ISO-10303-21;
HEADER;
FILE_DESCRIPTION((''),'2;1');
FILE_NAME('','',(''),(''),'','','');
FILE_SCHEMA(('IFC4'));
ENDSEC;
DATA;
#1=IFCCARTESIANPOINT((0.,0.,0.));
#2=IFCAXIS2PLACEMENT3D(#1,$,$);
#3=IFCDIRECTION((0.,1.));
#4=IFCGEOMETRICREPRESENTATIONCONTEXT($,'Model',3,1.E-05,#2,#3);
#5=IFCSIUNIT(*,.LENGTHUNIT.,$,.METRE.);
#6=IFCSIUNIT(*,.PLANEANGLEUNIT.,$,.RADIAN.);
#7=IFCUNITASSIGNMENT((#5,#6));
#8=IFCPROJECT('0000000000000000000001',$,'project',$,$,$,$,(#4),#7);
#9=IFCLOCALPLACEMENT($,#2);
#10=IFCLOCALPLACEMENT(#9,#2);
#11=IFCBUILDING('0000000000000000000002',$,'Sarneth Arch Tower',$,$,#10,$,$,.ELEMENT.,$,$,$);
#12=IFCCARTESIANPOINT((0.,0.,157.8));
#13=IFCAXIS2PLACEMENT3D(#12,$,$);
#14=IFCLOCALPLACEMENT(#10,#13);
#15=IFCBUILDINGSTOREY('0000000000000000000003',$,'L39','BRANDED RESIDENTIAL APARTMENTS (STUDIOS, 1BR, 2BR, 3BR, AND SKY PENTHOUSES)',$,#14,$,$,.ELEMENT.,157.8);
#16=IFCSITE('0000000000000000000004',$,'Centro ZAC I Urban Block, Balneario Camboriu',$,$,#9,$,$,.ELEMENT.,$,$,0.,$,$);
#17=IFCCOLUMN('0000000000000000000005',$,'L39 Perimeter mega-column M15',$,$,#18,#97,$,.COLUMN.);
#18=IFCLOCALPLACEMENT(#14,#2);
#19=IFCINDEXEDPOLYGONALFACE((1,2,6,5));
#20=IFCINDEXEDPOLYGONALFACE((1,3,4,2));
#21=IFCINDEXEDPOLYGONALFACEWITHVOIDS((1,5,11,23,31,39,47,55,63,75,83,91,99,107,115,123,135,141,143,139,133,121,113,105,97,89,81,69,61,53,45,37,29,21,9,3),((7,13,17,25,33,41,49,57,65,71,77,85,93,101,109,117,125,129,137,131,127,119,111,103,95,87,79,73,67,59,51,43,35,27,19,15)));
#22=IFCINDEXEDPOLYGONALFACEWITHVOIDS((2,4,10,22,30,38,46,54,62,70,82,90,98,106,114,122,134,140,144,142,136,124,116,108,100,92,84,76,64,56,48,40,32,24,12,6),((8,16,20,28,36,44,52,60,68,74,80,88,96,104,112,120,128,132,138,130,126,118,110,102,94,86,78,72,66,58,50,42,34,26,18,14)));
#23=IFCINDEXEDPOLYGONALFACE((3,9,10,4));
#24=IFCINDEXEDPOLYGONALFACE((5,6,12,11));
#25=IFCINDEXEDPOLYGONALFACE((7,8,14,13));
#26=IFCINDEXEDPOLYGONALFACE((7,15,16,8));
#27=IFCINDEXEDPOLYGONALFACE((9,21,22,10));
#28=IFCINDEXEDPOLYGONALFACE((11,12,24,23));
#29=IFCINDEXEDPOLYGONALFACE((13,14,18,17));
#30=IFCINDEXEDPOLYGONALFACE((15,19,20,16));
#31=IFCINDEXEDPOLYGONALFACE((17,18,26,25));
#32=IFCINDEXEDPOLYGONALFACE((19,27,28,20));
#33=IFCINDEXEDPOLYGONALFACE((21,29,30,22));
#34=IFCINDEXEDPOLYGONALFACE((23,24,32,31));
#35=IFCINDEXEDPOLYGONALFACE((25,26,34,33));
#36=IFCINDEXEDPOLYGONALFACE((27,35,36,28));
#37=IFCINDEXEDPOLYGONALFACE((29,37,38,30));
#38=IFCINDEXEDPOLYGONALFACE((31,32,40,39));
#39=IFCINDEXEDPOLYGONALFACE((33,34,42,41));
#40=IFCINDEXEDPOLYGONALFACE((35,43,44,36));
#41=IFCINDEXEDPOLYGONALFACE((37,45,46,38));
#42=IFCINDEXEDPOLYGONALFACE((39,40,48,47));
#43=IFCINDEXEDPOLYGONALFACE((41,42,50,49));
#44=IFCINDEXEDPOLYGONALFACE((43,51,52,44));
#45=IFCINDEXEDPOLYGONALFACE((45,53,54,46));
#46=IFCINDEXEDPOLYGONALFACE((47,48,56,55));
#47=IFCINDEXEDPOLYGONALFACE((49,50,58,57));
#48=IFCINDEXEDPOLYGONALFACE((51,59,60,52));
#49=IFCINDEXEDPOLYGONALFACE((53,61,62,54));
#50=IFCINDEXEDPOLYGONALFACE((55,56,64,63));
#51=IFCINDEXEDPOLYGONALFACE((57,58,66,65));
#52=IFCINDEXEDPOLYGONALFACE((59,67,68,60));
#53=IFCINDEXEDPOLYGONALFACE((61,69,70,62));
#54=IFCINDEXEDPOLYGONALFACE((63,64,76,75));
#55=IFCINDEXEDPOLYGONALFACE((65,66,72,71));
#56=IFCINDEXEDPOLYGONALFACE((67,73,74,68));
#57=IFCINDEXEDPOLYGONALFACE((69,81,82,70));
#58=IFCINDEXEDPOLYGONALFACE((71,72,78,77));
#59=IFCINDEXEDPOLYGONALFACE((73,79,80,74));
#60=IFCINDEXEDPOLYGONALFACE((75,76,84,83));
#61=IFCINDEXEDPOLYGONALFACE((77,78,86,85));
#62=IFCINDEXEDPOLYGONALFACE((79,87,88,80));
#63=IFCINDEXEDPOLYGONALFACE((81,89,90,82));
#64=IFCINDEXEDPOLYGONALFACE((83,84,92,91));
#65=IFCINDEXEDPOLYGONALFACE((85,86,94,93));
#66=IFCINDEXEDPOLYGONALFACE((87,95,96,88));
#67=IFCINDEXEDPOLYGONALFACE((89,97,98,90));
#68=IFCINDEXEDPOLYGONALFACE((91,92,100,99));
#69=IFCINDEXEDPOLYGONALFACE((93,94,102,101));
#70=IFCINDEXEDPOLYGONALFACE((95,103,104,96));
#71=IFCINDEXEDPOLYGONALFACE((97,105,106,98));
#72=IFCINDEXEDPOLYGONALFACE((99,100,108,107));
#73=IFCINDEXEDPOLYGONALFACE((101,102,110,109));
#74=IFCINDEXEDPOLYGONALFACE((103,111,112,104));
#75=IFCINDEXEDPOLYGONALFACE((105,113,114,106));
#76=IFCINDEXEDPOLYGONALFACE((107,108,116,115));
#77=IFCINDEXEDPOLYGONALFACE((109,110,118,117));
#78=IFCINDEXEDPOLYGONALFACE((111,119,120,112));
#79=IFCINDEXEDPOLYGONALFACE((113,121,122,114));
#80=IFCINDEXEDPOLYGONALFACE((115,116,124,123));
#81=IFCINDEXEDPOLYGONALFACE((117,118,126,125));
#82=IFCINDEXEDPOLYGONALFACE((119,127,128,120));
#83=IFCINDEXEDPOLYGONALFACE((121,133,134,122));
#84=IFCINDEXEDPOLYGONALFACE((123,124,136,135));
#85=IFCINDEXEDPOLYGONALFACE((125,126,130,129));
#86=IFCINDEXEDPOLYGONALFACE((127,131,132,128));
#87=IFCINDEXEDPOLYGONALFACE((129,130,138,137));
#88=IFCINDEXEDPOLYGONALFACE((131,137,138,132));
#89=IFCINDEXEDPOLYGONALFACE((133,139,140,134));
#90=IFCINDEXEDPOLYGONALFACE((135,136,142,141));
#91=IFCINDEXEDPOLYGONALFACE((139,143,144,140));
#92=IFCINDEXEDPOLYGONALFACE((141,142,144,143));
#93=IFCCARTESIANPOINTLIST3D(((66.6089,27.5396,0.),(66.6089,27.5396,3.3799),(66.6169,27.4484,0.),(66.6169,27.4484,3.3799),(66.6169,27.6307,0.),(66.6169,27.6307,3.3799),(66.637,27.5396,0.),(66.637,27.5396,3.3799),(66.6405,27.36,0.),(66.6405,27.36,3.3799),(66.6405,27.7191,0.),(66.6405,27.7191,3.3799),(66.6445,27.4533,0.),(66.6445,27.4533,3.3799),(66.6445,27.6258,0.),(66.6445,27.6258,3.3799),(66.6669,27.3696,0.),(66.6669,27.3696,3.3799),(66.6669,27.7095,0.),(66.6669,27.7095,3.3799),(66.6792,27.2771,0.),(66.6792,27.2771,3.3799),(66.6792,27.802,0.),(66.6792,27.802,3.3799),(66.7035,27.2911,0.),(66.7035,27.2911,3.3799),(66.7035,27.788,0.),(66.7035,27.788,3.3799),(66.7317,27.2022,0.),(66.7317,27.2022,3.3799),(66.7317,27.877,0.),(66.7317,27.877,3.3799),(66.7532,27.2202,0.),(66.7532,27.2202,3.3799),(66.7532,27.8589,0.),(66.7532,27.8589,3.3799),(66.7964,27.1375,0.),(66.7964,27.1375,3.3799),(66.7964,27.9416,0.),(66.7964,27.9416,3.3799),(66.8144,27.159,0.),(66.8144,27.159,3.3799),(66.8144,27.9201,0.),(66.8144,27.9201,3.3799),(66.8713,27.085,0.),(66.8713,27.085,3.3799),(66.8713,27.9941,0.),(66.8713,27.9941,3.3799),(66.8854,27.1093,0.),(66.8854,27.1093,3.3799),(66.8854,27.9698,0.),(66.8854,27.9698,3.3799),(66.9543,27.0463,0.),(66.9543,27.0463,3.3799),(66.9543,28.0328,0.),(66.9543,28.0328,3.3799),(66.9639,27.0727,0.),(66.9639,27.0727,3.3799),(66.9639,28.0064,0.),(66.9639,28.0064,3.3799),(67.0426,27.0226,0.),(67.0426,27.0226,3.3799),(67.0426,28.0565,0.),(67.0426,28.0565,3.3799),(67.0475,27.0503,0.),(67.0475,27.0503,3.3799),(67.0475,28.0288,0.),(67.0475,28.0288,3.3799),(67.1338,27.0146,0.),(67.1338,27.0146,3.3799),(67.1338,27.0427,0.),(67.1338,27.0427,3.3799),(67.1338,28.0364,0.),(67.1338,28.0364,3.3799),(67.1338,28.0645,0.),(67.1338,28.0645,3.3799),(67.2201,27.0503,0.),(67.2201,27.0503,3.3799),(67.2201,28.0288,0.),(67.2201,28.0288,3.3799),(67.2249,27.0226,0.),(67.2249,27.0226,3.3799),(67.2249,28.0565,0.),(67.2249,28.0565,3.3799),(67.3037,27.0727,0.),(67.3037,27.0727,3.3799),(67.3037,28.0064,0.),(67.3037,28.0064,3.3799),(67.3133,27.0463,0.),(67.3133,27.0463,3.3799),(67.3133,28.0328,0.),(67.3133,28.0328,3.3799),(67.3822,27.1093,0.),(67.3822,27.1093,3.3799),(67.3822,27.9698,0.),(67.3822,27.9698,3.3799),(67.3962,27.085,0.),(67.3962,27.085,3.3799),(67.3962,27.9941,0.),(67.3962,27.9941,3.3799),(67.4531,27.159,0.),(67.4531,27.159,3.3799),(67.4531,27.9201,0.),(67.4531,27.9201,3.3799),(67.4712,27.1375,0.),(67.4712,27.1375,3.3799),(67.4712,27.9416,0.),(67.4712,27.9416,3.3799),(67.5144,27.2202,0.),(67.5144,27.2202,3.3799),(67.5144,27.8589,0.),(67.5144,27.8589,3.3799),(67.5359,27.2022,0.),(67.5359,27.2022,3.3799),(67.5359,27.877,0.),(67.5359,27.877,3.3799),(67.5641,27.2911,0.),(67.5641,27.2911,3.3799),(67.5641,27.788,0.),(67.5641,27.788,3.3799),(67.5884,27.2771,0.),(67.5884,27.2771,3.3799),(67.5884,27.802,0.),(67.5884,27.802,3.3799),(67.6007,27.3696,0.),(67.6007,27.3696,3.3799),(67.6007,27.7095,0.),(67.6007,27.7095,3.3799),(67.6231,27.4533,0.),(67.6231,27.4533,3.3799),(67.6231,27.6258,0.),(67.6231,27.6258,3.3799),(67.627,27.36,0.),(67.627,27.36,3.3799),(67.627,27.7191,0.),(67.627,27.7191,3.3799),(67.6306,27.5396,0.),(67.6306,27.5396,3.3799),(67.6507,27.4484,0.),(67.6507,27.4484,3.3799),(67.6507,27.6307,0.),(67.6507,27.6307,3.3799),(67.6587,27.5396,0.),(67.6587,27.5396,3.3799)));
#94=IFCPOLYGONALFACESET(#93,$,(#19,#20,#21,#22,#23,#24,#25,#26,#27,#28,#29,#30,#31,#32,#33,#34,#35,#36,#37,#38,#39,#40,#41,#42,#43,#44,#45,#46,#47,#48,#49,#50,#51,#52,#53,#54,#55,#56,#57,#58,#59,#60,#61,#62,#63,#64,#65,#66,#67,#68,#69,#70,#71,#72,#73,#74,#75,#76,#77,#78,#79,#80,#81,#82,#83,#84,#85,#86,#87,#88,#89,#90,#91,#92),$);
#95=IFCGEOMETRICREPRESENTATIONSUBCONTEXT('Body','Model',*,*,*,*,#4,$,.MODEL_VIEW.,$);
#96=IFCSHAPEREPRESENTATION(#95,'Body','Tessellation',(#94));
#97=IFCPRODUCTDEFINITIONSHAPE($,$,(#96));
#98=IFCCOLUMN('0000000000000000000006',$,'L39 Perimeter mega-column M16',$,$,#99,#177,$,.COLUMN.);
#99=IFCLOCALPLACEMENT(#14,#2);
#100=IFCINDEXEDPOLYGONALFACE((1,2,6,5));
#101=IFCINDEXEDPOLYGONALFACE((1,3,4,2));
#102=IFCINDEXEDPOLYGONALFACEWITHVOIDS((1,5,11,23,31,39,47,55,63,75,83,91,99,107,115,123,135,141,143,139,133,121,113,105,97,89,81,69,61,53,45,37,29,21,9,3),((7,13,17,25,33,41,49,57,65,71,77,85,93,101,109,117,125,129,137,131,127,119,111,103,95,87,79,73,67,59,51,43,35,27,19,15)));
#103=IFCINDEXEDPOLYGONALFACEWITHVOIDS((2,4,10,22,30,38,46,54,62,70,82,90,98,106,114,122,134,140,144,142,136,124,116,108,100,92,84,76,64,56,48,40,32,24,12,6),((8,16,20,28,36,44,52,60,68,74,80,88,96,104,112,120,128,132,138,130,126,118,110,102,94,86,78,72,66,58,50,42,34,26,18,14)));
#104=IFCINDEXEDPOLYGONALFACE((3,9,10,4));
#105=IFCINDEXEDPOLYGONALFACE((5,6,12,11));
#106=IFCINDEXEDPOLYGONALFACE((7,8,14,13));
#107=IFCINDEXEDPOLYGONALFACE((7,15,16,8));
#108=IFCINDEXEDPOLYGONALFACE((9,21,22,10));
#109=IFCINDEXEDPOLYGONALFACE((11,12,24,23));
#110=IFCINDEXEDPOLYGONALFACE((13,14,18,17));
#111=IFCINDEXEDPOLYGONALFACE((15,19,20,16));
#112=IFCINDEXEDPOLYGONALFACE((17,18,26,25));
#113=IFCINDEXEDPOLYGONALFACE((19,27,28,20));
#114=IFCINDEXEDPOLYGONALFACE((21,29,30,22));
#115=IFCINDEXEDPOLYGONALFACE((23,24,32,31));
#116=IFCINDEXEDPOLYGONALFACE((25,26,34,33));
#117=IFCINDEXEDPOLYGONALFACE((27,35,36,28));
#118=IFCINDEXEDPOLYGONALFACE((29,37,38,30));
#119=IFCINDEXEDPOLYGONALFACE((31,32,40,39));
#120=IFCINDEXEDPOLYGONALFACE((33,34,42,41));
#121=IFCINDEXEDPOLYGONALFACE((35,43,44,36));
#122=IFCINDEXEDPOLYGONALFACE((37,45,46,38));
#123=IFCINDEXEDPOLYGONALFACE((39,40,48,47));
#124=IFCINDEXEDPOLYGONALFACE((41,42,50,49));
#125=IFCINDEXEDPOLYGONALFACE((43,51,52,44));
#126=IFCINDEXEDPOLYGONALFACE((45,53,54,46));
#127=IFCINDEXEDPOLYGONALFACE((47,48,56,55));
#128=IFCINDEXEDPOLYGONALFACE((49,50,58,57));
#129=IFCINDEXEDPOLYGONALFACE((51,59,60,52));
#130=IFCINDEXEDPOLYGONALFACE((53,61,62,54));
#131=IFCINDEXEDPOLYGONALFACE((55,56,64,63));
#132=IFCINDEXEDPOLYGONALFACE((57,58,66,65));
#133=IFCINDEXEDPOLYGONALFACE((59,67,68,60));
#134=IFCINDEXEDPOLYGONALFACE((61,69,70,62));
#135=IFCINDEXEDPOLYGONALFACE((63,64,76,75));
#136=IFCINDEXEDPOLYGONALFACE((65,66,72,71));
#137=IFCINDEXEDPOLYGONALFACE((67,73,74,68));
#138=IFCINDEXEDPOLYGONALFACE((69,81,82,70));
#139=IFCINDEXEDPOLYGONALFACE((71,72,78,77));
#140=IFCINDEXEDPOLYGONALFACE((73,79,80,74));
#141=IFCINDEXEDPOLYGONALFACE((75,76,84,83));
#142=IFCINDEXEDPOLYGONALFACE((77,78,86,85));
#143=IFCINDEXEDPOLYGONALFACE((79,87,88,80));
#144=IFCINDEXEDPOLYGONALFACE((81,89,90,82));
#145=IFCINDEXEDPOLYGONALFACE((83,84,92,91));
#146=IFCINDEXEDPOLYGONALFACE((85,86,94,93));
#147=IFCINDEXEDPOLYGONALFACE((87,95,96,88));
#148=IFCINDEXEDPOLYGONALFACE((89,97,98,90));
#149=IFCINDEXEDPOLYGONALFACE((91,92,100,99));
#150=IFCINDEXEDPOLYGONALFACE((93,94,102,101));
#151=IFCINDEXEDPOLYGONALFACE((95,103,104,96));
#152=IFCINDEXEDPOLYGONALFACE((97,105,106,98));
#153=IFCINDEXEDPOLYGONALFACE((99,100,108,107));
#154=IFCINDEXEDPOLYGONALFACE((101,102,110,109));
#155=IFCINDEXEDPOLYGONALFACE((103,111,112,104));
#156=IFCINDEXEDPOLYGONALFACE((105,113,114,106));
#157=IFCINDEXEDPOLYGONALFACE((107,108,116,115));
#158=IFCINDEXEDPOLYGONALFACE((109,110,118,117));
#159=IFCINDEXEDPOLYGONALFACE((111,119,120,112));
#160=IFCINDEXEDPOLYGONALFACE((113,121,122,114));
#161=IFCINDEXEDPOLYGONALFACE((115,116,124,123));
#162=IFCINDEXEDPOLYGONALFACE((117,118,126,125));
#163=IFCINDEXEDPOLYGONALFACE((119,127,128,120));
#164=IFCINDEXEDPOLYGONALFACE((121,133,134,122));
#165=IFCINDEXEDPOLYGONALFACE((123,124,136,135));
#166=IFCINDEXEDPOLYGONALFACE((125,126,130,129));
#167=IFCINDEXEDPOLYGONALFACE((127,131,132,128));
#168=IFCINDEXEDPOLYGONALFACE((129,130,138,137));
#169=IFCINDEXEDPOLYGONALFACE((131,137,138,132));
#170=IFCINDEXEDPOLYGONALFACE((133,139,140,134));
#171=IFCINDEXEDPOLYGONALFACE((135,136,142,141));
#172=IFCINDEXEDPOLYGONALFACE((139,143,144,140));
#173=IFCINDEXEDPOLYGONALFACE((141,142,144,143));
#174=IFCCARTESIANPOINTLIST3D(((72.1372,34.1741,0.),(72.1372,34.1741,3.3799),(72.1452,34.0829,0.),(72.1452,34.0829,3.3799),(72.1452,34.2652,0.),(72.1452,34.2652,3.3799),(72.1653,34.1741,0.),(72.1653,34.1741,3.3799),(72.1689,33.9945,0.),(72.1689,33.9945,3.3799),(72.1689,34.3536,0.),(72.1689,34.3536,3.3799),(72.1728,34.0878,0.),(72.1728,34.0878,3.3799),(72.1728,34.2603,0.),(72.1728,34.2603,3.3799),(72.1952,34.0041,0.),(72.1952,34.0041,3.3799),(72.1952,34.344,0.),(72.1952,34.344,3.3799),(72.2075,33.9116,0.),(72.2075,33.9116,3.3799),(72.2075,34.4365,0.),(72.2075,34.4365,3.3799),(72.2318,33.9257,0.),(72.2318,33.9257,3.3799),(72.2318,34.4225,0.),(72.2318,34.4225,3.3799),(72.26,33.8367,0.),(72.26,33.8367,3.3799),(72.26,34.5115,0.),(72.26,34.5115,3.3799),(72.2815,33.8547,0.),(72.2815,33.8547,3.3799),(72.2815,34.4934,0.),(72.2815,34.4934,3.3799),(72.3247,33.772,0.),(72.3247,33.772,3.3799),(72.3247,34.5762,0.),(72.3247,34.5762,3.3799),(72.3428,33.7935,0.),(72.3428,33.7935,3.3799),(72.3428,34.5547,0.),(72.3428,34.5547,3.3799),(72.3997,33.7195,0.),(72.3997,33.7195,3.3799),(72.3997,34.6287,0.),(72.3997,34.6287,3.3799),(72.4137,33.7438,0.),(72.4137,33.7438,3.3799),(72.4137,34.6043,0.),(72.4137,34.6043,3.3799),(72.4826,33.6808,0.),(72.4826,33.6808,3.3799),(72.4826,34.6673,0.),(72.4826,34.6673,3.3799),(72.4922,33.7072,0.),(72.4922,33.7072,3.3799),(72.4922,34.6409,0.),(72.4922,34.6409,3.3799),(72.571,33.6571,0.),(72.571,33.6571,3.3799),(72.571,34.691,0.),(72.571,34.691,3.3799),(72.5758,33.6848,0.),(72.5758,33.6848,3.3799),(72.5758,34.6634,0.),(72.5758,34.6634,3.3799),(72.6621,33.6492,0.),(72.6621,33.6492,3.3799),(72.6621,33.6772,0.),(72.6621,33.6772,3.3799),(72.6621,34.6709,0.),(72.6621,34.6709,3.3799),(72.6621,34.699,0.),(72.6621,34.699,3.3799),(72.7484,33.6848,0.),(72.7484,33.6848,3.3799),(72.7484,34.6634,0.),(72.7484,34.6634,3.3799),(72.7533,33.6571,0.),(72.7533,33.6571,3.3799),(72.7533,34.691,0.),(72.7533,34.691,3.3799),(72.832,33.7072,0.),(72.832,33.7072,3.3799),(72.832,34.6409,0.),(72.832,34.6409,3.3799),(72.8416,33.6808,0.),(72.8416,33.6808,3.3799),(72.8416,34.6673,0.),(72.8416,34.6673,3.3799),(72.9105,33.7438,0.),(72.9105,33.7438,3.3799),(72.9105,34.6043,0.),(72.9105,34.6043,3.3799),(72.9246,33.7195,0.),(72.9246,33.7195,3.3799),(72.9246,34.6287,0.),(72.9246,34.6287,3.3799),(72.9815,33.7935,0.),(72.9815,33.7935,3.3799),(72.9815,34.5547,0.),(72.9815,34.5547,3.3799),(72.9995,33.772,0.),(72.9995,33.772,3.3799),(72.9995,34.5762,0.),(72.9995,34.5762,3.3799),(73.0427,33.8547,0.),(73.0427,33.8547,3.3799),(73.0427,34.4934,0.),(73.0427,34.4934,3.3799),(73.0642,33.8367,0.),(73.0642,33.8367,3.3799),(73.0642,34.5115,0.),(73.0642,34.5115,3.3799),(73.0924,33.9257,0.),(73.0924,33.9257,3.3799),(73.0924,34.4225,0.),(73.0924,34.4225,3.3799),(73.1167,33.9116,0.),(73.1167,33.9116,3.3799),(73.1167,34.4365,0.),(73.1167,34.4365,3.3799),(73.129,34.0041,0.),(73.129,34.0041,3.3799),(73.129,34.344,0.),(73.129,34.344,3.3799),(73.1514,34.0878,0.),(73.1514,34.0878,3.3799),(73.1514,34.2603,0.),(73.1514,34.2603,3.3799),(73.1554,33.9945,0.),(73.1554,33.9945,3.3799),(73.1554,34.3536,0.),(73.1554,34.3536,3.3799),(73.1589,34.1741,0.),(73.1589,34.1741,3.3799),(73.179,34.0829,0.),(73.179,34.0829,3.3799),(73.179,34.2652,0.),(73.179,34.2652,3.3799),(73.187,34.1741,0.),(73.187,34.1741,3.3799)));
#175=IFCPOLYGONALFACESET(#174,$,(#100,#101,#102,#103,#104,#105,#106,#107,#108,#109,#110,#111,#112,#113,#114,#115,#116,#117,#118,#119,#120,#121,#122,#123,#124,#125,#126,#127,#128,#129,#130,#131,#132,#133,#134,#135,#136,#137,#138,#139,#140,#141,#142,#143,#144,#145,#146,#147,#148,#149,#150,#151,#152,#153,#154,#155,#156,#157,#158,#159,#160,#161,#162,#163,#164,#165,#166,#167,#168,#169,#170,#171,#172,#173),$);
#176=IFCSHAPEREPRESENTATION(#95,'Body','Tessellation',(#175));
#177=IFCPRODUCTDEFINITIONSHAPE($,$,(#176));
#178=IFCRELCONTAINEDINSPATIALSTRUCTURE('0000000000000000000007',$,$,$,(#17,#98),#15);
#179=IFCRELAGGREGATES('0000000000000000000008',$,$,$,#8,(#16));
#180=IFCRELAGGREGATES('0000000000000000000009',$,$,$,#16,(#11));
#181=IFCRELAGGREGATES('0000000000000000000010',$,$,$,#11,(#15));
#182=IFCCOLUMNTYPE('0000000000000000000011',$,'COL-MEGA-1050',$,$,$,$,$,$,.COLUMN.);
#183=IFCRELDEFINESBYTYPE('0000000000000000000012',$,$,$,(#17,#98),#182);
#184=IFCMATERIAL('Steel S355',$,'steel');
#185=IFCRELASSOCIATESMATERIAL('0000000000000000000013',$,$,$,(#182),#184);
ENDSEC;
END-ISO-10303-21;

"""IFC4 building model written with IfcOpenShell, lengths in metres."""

from ifc_helpers import new_model, si_unit, direction, frame, origin, origin_2d, place, context, subcontext, project, spatial, hollow_circle, extrude, material, material_profile, profile_set, type_object, element, save


model = new_model("IFC4")

# Units and contexts
model_context = context("Model", 3, precision=1e-05, world=origin(), true_north=direction((0.0, 1.0)))
body_context = subcontext(model_context, "Body", "Model", "MODEL_VIEW")
ifc_project = project(units=[si_unit("LENGTHUNIT", "METRE"), si_unit("PLANEANGLEUNIT", "RADIAN")], contexts=[model_context])

# Site, building, storey
site_placement = place(None, origin())
site = spatial("IfcSite", under=ifc_project, at=site_placement, Name="Centro ZAC I Urban Block, Balneario Camboriu", CompositionType="ELEMENT", RefElevation=0.0)
building_placement = place(site_placement, origin())
building = spatial("IfcBuilding", under=site, at=building_placement, Name="Sarneth Arch Tower", CompositionType="ELEMENT")
storey_placement = place(building_placement, frame((0.0, 0.0, 157.8)))
storey = spatial("IfcBuildingStorey", under=building, at=storey_placement, Name="L39", Description="BRANDED RESIDENTIAL APARTMENTS (STUDIOS, 1BR, 2BR, 3BR, AND SKY PENTHOUSES)", CompositionType="ELEMENT", Elevation=157.8)

# Columns
ifc_material_1 = material(Name="Steel S355", Category="steel")
ifc_material_profile_1 = material_profile(ifc_material_1, hollow_circle(Radius=0.5249, WallThickness=0.0281, at=origin_2d()), Name="CHS1050x28")
ifc_profile_set_1 = profile_set([ifc_material_profile_1], Name="Steel S355")
column_type = type_object("IfcColumnType", Name="COL-MEGA-1050", PredefinedType="COLUMN", material=ifc_profile_set_1)
for number, where, z_axis, x_axis, name in (
    (1, (67.1338, 27.5396, 0.0), (0.0, 0.0, 1.0), (1.0, 0.0, 0.0), "L39 Perimeter mega-column M15"),
    (2, (72.6621, 34.1741, 0.0), (0.0, 0.0, 1.0), (1.0, 0.0, 0.0), "L39 Perimeter mega-column M16"),
):
    element("IfcColumn", number, at=place(storey_placement, frame(where, z_axis=z_axis, x_axis=x_axis)), inside=storey, type_object=column_type, Name=name, PredefinedType="COLUMN", context=body_context, shape_type="SweptSolid", body=[
        extrude(hollow_circle(Radius=0.5249, WallThickness=0.0281, at=origin_2d()), origin(), (0.0, 0.0, 1.0), 3.3799),
    ])

save(model, "model.ifc")
